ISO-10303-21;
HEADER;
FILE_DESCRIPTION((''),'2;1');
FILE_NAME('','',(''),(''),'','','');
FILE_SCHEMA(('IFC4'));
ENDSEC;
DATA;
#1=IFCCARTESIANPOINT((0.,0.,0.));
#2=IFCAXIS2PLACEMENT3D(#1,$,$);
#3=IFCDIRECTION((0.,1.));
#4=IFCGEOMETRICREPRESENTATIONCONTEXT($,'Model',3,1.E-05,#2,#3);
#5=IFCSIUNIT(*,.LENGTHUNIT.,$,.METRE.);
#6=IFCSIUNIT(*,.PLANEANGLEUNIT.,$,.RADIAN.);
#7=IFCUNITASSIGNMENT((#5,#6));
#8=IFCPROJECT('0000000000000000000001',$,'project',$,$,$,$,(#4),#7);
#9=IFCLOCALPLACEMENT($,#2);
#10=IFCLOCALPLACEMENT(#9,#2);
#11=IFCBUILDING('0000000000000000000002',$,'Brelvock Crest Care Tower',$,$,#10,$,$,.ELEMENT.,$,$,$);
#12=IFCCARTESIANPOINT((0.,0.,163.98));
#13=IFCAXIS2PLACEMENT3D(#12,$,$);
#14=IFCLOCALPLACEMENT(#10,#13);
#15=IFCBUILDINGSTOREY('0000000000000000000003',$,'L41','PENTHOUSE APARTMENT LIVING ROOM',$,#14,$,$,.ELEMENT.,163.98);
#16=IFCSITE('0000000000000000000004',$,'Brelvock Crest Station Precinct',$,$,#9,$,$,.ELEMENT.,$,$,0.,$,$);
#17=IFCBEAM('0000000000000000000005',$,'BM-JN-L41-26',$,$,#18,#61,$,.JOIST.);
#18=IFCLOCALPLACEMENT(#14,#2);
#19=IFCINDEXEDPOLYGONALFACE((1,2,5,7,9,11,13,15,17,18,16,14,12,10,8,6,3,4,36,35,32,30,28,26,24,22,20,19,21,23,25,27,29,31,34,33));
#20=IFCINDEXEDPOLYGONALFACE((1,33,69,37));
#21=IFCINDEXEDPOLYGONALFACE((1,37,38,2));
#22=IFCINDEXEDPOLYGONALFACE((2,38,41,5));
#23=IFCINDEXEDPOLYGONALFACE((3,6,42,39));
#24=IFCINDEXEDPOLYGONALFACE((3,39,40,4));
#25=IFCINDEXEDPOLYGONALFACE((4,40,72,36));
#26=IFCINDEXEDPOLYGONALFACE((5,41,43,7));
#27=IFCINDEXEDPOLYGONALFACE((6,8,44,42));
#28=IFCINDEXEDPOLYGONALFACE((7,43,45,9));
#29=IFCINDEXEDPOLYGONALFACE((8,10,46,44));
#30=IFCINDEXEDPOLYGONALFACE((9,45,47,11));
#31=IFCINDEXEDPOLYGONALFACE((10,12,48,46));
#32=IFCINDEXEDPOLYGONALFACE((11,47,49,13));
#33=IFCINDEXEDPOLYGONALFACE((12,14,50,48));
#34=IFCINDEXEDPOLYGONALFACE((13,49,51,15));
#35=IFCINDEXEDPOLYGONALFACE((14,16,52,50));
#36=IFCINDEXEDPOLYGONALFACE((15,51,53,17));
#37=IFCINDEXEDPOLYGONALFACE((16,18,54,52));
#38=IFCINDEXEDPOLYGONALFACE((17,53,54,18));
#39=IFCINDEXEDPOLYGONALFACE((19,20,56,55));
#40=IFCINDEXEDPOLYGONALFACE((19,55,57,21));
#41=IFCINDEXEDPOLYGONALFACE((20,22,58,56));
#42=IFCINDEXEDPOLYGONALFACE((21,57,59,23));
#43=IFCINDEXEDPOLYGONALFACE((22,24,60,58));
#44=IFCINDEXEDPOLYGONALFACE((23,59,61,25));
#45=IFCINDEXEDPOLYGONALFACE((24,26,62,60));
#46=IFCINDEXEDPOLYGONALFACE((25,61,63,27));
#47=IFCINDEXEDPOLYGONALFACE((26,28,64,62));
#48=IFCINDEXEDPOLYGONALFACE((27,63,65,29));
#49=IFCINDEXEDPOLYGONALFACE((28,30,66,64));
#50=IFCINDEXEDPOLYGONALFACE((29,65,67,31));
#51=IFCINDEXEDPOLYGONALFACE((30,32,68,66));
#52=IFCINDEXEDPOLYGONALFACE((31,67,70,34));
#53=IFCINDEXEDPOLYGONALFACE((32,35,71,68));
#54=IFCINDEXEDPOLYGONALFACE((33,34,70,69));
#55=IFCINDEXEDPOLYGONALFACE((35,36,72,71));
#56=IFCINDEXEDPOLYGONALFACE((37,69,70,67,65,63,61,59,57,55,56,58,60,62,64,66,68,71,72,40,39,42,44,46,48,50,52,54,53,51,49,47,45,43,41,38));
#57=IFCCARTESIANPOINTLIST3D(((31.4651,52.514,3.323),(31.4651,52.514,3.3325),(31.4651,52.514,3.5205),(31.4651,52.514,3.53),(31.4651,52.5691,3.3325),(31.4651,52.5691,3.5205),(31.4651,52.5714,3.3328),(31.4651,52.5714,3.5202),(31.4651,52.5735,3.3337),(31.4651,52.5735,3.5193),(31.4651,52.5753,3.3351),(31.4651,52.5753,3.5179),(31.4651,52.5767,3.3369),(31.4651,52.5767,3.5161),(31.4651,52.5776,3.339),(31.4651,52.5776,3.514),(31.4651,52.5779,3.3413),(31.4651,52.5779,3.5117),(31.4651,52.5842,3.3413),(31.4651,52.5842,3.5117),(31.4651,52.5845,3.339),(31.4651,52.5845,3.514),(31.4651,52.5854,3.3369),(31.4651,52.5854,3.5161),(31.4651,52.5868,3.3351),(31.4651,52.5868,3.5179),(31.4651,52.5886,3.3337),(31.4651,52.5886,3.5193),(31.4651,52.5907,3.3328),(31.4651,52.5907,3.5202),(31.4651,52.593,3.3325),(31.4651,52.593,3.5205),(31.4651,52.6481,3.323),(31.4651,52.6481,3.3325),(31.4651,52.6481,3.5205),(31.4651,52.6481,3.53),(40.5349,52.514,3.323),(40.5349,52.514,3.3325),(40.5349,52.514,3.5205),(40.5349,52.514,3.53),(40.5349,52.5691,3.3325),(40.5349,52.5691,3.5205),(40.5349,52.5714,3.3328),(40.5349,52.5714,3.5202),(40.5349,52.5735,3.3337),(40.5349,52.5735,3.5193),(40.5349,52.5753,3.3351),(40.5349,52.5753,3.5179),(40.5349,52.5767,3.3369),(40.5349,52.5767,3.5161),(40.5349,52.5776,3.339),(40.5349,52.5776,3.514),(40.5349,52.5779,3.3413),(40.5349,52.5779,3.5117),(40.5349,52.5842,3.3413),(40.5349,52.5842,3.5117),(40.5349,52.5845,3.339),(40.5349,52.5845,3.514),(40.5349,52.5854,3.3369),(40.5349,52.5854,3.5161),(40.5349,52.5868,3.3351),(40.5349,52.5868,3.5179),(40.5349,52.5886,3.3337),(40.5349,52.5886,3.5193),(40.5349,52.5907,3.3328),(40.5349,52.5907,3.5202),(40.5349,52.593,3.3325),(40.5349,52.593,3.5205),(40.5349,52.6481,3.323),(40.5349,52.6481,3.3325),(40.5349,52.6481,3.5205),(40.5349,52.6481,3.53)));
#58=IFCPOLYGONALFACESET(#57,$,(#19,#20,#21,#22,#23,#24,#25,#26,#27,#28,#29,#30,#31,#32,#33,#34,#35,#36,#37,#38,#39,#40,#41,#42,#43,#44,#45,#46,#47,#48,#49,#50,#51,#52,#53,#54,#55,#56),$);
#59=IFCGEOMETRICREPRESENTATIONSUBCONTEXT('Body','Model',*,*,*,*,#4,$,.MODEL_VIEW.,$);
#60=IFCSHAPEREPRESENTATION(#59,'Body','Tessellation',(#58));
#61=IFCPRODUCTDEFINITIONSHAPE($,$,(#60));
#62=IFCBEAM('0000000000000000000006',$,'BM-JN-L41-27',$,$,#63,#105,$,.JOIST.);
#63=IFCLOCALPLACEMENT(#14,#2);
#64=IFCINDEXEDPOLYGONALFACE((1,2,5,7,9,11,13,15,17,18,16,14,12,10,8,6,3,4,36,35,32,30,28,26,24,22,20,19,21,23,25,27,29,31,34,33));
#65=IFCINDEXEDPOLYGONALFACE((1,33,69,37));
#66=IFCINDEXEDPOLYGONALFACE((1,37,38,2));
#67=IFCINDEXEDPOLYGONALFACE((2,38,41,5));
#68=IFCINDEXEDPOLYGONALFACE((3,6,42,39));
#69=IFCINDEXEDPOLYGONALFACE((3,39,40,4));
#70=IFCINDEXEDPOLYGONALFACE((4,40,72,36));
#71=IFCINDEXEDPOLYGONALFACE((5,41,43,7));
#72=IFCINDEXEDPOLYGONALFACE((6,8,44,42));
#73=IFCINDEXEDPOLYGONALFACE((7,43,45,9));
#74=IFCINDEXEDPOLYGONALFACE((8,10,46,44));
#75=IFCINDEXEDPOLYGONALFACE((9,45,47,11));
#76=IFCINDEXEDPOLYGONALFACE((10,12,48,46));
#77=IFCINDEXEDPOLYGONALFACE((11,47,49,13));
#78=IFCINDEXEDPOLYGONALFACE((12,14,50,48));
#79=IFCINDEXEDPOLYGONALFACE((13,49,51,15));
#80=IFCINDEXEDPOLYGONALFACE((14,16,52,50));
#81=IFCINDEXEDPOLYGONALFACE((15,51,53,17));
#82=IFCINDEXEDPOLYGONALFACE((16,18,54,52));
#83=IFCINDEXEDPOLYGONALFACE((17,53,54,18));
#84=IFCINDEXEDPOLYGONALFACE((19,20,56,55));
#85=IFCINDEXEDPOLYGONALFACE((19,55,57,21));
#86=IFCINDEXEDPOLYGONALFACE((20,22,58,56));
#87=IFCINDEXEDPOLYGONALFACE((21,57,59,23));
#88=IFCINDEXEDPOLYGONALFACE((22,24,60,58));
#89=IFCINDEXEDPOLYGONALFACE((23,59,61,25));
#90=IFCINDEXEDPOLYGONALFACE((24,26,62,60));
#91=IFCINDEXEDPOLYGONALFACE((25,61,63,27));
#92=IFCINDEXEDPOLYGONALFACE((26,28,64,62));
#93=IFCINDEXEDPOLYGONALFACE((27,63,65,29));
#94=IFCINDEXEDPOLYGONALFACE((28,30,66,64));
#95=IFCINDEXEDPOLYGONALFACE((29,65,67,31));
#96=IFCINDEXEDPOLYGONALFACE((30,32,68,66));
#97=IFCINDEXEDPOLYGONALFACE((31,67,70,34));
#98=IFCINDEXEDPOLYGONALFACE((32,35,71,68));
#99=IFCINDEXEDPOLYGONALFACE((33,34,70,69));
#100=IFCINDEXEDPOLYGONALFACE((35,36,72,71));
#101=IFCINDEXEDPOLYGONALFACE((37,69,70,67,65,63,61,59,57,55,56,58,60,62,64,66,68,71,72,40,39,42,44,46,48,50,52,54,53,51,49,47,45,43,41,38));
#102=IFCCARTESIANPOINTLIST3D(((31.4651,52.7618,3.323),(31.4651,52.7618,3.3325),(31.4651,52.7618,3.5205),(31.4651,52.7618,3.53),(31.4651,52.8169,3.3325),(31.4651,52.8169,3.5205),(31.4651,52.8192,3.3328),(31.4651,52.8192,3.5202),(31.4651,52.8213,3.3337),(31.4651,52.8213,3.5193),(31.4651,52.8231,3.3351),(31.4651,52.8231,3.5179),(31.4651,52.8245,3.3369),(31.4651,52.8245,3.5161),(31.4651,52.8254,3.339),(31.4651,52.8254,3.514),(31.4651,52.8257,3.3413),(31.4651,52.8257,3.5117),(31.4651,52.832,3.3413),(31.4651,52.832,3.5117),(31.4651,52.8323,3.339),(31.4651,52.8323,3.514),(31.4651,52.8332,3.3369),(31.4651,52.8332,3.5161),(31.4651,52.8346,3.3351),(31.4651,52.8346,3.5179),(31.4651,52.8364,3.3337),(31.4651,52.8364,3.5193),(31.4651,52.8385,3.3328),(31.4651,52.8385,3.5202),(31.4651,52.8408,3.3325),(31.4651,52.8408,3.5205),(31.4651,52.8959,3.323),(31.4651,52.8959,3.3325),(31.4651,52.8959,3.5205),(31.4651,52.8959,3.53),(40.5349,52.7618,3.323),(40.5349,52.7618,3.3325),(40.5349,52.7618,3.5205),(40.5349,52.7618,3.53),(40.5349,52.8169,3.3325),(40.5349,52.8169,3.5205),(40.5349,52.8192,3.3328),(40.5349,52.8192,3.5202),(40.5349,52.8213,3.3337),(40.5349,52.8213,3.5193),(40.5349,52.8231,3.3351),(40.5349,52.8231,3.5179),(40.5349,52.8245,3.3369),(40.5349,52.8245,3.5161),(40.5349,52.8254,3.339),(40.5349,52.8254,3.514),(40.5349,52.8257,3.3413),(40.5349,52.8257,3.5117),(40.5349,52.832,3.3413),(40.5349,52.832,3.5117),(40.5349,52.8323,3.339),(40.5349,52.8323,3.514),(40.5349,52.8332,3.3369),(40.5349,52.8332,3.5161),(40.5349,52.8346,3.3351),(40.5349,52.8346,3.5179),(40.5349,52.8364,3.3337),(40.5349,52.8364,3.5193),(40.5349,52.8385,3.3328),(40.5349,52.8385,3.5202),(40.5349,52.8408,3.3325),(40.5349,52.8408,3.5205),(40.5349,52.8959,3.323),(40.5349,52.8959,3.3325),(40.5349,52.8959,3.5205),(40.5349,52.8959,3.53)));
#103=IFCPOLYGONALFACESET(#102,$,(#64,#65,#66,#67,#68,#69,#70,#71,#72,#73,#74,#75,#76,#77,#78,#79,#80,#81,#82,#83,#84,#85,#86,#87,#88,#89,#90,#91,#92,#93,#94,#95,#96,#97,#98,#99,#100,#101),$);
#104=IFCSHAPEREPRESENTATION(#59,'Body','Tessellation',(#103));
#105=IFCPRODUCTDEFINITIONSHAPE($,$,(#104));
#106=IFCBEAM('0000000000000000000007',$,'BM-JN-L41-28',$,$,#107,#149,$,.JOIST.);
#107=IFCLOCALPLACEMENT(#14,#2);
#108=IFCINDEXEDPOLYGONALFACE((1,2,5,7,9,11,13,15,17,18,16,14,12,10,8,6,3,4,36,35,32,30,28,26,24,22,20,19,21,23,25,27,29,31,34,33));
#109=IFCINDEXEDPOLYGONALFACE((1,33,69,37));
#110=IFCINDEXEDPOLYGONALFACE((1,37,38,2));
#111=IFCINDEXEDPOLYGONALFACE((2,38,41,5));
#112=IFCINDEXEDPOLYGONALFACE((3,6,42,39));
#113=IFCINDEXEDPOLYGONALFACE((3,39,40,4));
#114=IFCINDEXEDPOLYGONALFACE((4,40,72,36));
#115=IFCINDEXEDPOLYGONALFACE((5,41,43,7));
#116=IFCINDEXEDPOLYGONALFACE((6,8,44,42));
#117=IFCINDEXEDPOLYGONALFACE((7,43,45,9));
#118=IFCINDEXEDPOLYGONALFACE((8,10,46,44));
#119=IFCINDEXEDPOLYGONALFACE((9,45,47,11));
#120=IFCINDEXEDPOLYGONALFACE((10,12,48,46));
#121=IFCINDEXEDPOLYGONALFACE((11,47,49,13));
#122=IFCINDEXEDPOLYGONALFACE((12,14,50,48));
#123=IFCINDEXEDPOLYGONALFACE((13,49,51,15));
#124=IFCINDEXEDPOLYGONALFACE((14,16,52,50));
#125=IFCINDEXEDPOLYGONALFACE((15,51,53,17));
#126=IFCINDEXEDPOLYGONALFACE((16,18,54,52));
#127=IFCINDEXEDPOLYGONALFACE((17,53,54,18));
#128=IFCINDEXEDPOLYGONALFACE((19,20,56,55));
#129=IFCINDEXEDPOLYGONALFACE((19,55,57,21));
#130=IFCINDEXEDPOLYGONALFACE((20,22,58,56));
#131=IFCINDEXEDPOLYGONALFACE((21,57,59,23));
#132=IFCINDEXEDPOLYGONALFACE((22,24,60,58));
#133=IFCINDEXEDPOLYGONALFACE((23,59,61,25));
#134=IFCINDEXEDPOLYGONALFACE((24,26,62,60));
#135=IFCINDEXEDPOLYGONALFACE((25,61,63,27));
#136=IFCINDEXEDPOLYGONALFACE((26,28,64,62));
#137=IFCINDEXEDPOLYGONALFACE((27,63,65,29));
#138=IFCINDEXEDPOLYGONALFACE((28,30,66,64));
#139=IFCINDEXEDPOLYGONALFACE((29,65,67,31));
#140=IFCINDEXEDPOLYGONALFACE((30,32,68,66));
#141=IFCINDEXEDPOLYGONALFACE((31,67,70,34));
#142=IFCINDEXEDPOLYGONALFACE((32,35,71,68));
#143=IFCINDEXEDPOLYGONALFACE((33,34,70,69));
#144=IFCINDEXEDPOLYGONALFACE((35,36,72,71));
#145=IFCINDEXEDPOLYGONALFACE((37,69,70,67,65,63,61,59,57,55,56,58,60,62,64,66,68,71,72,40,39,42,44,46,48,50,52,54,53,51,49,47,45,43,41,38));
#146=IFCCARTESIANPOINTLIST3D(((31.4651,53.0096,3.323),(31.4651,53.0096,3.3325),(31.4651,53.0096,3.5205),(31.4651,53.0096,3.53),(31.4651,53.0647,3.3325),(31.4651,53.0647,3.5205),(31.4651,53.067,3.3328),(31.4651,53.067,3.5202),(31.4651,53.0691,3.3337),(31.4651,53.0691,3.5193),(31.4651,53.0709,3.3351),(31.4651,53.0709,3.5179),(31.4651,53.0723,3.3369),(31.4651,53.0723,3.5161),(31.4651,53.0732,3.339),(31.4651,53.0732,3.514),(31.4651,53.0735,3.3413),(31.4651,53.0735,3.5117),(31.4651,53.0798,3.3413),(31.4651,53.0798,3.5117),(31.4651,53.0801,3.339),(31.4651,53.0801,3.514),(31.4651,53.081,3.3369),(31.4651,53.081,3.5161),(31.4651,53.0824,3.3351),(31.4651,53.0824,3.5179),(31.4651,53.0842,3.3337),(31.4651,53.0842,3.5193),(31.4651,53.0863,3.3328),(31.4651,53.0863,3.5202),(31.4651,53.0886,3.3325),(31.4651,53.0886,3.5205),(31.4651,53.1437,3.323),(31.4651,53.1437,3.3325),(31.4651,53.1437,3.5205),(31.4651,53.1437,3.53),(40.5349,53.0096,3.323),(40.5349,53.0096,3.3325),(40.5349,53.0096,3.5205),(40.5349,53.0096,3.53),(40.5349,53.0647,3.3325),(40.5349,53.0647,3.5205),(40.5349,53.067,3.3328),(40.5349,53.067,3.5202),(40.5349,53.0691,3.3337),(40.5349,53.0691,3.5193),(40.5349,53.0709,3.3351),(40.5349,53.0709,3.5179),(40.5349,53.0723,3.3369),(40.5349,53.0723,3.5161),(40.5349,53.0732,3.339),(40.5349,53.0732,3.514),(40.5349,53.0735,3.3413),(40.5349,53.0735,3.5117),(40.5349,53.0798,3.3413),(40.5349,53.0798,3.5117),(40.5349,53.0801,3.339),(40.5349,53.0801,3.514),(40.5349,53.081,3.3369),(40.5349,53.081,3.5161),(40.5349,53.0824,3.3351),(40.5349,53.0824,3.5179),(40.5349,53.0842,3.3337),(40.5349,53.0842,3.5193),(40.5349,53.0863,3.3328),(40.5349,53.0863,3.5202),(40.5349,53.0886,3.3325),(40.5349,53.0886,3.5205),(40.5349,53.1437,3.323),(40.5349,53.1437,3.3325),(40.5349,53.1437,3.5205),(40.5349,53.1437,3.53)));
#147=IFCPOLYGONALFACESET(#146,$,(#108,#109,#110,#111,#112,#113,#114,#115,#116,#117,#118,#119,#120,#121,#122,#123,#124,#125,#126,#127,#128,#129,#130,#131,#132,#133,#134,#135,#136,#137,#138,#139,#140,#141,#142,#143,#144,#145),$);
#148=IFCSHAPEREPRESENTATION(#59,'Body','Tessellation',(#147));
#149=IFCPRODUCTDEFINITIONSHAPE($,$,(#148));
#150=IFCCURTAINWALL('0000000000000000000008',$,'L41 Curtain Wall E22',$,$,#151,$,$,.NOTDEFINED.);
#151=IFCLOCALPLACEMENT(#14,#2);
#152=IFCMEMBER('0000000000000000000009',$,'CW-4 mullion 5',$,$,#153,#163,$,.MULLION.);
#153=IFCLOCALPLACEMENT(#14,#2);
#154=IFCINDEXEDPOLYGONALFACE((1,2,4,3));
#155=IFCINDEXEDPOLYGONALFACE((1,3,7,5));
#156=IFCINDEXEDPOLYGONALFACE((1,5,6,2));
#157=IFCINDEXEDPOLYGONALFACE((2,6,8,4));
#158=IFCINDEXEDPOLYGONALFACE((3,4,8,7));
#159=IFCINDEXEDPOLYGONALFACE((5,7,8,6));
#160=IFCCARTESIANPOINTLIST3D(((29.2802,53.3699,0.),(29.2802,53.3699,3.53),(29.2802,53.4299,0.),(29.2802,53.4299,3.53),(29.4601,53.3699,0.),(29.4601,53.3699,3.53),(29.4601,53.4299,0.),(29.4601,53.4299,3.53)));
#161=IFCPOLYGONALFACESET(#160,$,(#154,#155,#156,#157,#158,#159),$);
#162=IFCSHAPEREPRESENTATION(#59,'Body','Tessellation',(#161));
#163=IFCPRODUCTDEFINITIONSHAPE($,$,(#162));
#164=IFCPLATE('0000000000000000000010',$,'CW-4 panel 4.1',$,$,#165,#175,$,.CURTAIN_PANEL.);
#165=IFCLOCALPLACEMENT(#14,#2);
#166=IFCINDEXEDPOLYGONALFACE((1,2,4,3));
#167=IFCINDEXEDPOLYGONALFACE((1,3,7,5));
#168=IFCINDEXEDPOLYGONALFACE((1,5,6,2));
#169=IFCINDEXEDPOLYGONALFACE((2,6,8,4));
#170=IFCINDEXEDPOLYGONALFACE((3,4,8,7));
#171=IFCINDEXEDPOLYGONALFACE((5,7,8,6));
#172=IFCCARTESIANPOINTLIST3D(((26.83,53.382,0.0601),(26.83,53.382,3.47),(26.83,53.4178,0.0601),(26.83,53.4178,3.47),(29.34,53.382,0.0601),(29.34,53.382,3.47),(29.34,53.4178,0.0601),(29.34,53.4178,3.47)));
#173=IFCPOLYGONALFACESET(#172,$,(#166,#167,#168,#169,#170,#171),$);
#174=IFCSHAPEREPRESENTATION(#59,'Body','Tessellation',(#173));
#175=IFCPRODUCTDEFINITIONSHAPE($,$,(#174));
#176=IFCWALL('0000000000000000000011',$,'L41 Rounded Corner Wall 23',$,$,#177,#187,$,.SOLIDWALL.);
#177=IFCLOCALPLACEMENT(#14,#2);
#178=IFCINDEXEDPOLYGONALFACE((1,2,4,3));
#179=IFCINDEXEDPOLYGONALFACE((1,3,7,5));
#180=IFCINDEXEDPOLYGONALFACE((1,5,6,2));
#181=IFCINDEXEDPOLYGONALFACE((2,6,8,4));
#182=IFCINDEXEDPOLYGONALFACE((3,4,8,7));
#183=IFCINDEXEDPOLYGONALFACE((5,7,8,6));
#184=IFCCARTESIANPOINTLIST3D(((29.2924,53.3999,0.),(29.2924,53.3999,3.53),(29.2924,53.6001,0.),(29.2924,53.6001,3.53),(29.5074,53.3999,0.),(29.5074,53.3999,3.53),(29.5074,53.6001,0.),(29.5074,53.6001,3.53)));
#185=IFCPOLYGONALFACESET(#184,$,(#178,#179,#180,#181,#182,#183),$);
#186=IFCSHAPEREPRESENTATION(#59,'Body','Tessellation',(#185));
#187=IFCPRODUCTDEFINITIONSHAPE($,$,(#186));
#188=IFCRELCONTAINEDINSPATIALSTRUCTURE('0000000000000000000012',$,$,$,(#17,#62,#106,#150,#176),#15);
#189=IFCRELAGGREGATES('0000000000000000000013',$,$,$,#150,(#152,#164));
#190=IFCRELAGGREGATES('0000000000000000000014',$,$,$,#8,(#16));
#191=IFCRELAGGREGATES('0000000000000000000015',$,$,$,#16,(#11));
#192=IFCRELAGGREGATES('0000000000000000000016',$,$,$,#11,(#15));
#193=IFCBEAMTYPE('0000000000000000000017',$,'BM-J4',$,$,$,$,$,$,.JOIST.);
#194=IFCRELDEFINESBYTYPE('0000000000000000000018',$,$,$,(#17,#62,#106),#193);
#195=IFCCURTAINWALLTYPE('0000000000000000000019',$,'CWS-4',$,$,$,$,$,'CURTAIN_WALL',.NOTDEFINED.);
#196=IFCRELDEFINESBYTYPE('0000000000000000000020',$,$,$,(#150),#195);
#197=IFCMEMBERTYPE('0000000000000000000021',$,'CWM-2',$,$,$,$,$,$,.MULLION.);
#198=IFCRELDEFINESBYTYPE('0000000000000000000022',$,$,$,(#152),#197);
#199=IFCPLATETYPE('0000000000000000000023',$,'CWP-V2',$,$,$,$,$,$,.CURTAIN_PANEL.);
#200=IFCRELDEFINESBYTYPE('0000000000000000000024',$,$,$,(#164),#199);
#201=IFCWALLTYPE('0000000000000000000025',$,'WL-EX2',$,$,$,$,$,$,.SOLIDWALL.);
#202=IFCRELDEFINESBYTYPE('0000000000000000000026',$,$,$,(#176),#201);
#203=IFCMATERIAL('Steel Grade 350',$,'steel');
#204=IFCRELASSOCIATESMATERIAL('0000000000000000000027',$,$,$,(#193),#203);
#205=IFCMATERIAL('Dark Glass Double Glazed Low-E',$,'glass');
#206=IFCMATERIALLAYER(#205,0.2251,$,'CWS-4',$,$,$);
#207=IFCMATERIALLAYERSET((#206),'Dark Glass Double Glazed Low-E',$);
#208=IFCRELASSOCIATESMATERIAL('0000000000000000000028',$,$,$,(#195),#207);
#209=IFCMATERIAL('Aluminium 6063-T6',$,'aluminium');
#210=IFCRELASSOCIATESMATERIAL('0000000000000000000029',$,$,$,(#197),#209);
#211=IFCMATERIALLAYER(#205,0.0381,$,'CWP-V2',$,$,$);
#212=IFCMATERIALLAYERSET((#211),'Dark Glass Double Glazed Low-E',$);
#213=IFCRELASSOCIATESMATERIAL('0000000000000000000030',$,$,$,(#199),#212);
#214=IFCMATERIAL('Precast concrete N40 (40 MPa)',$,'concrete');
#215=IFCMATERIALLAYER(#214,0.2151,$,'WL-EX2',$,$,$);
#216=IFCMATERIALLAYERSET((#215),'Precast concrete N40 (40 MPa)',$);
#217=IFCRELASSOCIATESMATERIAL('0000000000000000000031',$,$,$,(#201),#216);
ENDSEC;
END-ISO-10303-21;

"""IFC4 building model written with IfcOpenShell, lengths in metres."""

from ifc_helpers import new_model, si_unit, direction, frame, frame_2d, origin, origin_2d, place, context, subcontext, project, spatial, rectangle, i_section, extrude, source, transform, mapped, material, layer, layer_set, material_profile, profile_set, type_object, element, aggregate, save


model = new_model("IFC4")

# Units and contexts
model_context = context("Model", 3, precision=1e-05, world=origin(), true_north=direction((0.0, 1.0)))
body_context = subcontext(model_context, "Body", "Model", "MODEL_VIEW")
ifc_project = project(units=[si_unit("LENGTHUNIT", "METRE"), si_unit("PLANEANGLEUNIT", "RADIAN")], contexts=[model_context])

# Site, building, storey
site_placement = place(None, origin())
site = spatial("IfcSite", under=ifc_project, at=site_placement, Name="Brelvock Crest Station Precinct", CompositionType="ELEMENT", RefElevation=0.0)
building_placement = place(site_placement, origin())
building = spatial("IfcBuilding", under=site, at=building_placement, Name="Brelvock Crest Care Tower", CompositionType="ELEMENT")
storey_placement = place(building_placement, frame((0.0, 0.0, 163.98)))
storey = spatial("IfcBuildingStorey", under=building, at=storey_placement, Name="L41", Description="PENTHOUSE APARTMENT LIVING ROOM", CompositionType="ELEMENT", Elevation=163.98)

# Shared definitions
ifc_material_1 = material(Name="Steel Grade 350", Category="steel")

# Beams
ifc_material_profile_1 = material_profile(ifc_material_1, i_section(OverallWidth=0.134, OverallDepth=0.207, WebThickness=0.0063, FlangeThickness=0.0095, FilletRadius=0.0088, at=origin_2d()), Name="200UB29.8")
ifc_profile_set_1 = profile_set([ifc_material_profile_1], Name="Steel Grade 350")
beam_type_1 = type_object("IfcBeamType", Name="BM-J4", PredefinedType="JOIST", material=ifc_profile_set_1)
shared_shape_1 = source(origin(), body_context, "Body", "SweptSolid", [
    extrude(i_section(OverallWidth=0.134, OverallDepth=0.207, WebThickness=0.0063, FlangeThickness=0.0095, FilletRadius=0.0088, at=origin_2d()), origin(), (0.0, 0.0, 1.0), 9.0698),
])
for number, where, z_axis, x_axis, name in (
    (1, (31.4651, 52.5811, 3.4265), (1.0, 0.0, 0.0), (0.0, 1.0, 0.0), "BM-JN-L41-26"),
    (2, (31.4651, 52.8289, 3.4265), (1.0, 0.0, 0.0), (0.0, 1.0, 0.0), "BM-JN-L41-27"),
    (3, (31.4651, 53.0767, 3.4265), (1.0, 0.0, 0.0), (0.0, 1.0, 0.0), "BM-JN-L41-28"),
):
    element("IfcBeam", number, at=place(storey_placement, frame(where, z_axis=z_axis, x_axis=x_axis)), inside=storey, type_object=beam_type_1, Name=name, PredefinedType="JOIST", context=body_context, shape_type="MappedRepresentation", body=[
        mapped(shared_shape_1, transform((0.0, 0.0, 0.0), x_axis=(1.0, 0.0, 0.0), y_axis=(0.0, 1.0, 0.0), z_axis=(0.0, 0.0, 1.0), scale=1.0)),
    ])

# Curtain wall, member, plate
ifc_material_2 = material(Name="Dark Glass Double Glazed Low-E", Category="glass")
ifc_layer_1 = layer(ifc_material_2, 0.2251, Name="CWS-4")
ifc_layer_set_1 = layer_set([ifc_layer_1], Name="Dark Glass Double Glazed Low-E")
curtain_wall_type = type_object("IfcCurtainWallType", Name="CWS-4", ElementType="CURTAIN_WALL", PredefinedType="NOTDEFINED", material=ifc_layer_set_1)
curtain_wall_placement = place(storey_placement, origin())
curtain_wall = element("IfcCurtainWall", 4, at=curtain_wall_placement, inside=storey, type_object=curtain_wall_type, Name="L41 Curtain Wall E22", PredefinedType="NOTDEFINED")
ifc_material_3 = material(Name="Aluminium 6063-T6", Category="aluminium")
ifc_material_profile_2 = material_profile(ifc_material_3, rectangle(XDim=0.0601, YDim=0.1799, at=origin_2d()), Name="ALU60x180")
ifc_profile_set_2 = profile_set([ifc_material_profile_2], Name="Aluminium 6063-T6")
member_type = type_object("IfcMemberType", Name="CWM-2", PredefinedType="MULLION", material=ifc_profile_set_2)
shared_shape_2 = source(origin(), body_context, "Body", "SweptSolid", [
    extrude(rectangle(XDim=0.0601, YDim=0.1799, at=origin_2d()), origin(), (0.0, 0.0, 1.0), 3.53),
])
member_placement = place(storey_placement, frame((29.3701, 53.3999, 0.0), z_axis=(0.0, 0.0, 1.0), x_axis=(0.0, 1.0, 0.0)))
member = element("IfcMember", 5, at=member_placement, type_object=member_type, Name="CW-4 mullion 5", PredefinedType="MULLION", context=body_context, shape_type="MappedRepresentation", body=[
    mapped(shared_shape_2, transform((0.0, 0.0, 0.0), x_axis=(1.0, 0.0, 0.0), y_axis=(0.0, 1.0, 0.0), z_axis=(0.0, 0.0, 1.0), scale=1.0)),
])
ifc_layer_2 = layer(ifc_material_2, 0.0381, Name="CWP-V2")
ifc_layer_set_2 = layer_set([ifc_layer_2], Name="Dark Glass Double Glazed Low-E")
plate_type = type_object("IfcPlateType", Name="CWP-V2", PredefinedType="CURTAIN_PANEL", material=ifc_layer_set_2)
shared_shape_3 = source(origin(), body_context, "Body", "SweptSolid", [
    extrude(rectangle(XDim=2.51, YDim=0.0359, at=origin_2d()), origin(), (0.0, 0.0, 1.0), 3.4099),
])
plate_placement = place(storey_placement, frame((28.085, 53.3999, 0.0601), z_axis=(0.0, 0.0, 1.0), x_axis=(1.0, 0.0, 0.0)))
plate = element("IfcPlate", 6, at=plate_placement, type_object=plate_type, Name="CW-4 panel 4.1", PredefinedType="CURTAIN_PANEL", context=body_context, shape_type="MappedRepresentation", body=[
    mapped(shared_shape_3, transform((0.0, 0.0, 0.0), x_axis=(1.0, 0.0, 0.0), y_axis=(0.0, 1.0, 0.0), z_axis=(0.0, 0.0, 1.0), scale=1.0)),
])
aggregate(curtain_wall, [member, plate])

# Wall
ifc_material_4 = material(Name="Precast concrete N40 (40 MPa)", Category="concrete")
ifc_layer_3 = layer(ifc_material_4, 0.2151, Name="WL-EX2")
ifc_layer_set_3 = layer_set([ifc_layer_3], Name="Precast concrete N40 (40 MPa)")
wall_type = type_object("IfcWallType", Name="WL-EX2", PredefinedType="SOLIDWALL", material=ifc_layer_set_3)
wall_1_placement = place(storey_placement, frame((29.3999, 53.3999, 0.0), z_axis=(0.0, 0.0, 1.0), x_axis=(0.0, 1.0, 0.0)))
element("IfcWall", 7, at=wall_1_placement, inside=storey, type_object=wall_type, Name="L41 Rounded Corner Wall 23", PredefinedType="SOLIDWALL", context=body_context, shape_type="SweptSolid", body=[
    extrude(rectangle(XDim=0.2002, YDim=0.2151, at=frame_2d((0.1001, 0.0))), origin(), (0.0, 0.0, 1.0), 3.53),
])

save(model, "model.ifc")
